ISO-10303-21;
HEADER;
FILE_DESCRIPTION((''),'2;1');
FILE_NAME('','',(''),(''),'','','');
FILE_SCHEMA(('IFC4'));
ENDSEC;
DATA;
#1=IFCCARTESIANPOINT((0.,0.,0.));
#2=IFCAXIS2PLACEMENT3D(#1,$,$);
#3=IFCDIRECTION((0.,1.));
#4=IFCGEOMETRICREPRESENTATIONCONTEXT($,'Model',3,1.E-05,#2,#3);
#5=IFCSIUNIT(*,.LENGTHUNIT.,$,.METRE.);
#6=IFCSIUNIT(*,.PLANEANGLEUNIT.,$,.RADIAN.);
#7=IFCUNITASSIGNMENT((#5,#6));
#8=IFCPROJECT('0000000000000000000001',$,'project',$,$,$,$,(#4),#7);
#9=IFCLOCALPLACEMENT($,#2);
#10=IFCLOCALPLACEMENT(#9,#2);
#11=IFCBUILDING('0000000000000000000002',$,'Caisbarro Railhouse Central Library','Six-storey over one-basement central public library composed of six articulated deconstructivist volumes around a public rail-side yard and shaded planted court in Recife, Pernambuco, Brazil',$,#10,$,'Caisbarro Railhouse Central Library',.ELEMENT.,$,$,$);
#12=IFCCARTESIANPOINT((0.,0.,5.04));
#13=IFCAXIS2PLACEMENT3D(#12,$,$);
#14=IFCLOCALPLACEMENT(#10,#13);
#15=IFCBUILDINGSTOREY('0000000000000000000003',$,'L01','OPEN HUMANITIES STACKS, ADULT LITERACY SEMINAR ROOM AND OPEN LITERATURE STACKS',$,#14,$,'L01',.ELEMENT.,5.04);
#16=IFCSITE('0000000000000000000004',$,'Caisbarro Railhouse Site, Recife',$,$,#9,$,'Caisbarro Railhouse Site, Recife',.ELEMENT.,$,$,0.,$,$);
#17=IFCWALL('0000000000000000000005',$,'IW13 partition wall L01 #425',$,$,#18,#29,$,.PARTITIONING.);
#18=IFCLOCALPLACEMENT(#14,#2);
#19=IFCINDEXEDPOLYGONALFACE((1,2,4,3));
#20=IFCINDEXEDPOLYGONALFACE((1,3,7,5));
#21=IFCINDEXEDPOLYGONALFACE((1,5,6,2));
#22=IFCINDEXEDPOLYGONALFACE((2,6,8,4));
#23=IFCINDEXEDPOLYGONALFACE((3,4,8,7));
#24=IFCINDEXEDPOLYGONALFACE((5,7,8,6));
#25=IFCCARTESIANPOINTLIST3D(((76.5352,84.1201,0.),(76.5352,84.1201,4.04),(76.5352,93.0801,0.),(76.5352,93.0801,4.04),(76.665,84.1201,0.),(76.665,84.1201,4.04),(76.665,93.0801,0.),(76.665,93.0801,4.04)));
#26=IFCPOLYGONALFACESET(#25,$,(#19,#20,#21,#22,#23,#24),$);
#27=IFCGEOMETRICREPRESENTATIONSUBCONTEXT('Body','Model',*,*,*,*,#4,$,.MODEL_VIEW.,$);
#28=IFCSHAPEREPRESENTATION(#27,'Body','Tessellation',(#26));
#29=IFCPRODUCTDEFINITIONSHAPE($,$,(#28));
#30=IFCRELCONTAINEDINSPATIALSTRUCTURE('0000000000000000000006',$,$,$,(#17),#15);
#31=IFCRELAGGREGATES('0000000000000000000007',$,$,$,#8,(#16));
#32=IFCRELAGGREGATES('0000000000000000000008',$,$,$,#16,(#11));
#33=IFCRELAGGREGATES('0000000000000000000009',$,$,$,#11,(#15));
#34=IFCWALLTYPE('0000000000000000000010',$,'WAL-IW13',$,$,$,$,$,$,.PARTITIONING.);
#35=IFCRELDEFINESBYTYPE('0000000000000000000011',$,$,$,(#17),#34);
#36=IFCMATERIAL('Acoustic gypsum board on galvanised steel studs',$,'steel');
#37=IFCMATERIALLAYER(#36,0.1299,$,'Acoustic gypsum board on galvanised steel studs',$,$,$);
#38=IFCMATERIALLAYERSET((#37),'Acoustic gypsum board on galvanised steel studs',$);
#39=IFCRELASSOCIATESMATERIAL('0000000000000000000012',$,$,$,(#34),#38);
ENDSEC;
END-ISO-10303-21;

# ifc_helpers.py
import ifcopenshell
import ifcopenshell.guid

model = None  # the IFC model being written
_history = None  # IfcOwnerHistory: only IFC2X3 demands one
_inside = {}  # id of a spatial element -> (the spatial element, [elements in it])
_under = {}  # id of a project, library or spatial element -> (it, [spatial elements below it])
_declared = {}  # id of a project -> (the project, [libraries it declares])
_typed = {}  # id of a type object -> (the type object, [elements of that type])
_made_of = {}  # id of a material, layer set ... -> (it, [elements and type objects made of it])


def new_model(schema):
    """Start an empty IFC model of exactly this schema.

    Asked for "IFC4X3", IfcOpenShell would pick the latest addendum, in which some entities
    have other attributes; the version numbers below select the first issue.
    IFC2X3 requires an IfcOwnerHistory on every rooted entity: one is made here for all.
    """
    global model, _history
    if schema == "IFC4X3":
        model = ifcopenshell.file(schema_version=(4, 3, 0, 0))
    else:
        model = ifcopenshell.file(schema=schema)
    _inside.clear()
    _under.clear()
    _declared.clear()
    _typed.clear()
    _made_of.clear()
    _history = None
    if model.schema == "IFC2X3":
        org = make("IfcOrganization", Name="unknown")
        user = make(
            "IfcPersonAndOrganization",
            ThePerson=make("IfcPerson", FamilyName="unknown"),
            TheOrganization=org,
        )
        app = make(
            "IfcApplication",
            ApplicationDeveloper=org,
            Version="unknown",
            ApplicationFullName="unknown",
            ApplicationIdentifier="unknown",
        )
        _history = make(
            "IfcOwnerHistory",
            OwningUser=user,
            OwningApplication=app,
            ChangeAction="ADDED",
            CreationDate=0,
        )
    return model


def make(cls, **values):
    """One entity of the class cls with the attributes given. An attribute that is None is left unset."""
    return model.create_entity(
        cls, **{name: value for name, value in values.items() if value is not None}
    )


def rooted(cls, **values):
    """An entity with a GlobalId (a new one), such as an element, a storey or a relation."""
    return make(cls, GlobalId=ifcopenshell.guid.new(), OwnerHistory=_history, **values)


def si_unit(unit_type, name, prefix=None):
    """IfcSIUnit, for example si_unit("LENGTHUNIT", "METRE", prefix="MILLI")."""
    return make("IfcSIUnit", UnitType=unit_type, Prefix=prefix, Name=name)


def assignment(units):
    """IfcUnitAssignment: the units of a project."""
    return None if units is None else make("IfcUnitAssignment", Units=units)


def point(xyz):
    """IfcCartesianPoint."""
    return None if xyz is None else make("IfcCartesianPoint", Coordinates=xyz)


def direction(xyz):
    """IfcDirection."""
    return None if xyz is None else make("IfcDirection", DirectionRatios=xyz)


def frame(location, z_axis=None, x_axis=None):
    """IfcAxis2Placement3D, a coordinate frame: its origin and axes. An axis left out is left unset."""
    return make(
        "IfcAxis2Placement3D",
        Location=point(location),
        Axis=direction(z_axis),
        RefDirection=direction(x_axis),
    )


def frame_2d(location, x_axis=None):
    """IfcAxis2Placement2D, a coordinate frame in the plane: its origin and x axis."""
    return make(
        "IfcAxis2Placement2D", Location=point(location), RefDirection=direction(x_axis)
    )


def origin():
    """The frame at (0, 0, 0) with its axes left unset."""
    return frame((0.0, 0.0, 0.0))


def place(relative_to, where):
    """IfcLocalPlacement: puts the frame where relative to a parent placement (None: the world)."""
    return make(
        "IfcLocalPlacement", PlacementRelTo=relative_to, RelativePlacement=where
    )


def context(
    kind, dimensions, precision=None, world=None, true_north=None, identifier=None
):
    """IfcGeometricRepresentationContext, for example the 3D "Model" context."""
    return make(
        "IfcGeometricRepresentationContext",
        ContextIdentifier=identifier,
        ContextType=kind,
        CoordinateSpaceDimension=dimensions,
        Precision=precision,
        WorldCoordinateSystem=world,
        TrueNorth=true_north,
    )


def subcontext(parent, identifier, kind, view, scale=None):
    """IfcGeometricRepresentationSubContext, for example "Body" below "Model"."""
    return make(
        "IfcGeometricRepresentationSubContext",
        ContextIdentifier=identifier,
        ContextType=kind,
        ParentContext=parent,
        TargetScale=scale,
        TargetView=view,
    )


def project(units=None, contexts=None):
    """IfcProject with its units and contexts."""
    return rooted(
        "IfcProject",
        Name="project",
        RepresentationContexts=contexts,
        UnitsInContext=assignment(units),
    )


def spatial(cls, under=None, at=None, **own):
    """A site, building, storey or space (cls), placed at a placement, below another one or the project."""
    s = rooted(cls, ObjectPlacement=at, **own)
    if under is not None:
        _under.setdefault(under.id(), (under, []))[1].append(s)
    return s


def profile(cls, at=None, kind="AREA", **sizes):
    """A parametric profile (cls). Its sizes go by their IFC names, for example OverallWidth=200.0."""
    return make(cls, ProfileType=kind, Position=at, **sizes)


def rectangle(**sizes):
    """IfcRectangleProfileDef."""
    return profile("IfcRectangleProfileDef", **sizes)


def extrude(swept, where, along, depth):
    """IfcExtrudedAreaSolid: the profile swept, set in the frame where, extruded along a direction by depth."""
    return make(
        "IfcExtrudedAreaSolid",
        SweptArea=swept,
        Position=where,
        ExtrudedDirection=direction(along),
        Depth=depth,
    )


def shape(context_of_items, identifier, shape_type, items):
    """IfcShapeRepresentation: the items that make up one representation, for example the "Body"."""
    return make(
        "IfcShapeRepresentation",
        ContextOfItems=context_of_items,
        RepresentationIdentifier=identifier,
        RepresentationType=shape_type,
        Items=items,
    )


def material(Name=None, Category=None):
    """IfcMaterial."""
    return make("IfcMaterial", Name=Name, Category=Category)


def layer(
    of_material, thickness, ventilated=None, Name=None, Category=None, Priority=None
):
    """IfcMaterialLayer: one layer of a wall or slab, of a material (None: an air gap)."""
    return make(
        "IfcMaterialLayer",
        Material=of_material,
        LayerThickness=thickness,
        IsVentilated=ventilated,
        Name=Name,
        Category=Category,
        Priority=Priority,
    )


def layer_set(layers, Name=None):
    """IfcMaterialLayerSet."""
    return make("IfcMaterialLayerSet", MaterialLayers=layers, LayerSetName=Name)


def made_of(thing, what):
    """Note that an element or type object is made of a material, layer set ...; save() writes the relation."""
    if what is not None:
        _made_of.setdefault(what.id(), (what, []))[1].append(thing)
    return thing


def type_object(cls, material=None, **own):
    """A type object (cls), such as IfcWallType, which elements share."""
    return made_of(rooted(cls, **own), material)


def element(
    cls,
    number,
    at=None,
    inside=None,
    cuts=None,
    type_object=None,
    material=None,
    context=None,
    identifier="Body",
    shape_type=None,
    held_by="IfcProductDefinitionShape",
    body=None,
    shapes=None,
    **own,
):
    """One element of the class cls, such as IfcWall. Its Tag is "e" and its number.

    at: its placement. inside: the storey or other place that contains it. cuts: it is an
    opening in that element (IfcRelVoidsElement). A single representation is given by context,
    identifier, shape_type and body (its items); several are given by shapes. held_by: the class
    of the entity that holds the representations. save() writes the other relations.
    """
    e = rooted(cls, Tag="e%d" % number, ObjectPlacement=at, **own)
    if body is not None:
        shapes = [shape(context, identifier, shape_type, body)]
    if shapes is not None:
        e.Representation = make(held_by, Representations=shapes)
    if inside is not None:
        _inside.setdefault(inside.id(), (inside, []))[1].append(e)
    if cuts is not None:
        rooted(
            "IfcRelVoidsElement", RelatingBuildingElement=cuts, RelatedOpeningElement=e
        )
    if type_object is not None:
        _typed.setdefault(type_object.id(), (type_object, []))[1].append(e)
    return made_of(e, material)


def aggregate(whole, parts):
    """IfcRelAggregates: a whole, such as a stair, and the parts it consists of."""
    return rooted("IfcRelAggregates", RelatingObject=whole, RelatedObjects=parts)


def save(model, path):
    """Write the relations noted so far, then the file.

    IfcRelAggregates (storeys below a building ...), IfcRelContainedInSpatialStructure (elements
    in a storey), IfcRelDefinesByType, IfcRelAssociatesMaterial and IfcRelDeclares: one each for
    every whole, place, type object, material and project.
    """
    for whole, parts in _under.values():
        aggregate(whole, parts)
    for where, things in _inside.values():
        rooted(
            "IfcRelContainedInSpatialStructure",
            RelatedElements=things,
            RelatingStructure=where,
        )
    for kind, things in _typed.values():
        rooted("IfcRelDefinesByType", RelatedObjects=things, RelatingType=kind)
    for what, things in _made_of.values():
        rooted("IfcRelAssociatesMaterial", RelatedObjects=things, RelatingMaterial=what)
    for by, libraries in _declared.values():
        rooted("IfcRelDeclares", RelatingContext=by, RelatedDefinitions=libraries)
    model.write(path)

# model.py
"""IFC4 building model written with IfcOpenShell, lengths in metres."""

from ifc_helpers import new_model, si_unit, direction, frame, frame_2d, origin, place, context, subcontext, project, spatial, rectangle, extrude, material, layer, layer_set, type_object, element, save


model = new_model("IFC4")

# Units and contexts
model_context = context("Model", 3, precision=1e-05, world=origin(), true_north=direction((0.0, 1.0)))
body_context = subcontext(model_context, "Body", "Model", "MODEL_VIEW")
ifc_project = project(units=[si_unit("LENGTHUNIT", "METRE"), si_unit("PLANEANGLEUNIT", "RADIAN")], contexts=[model_context])

# Site, building, storey
site_placement = place(None, origin())
site = spatial("IfcSite", under=ifc_project, at=site_placement, Name="Caisbarro Railhouse Site, Recife", LongName="Caisbarro Railhouse Site, Recife", CompositionType="ELEMENT", RefElevation=0.0)
building_placement = place(site_placement, origin())
building = spatial("IfcBuilding", under=site, at=building_placement, Name="Caisbarro Railhouse Central Library", Description="Six-storey over one-basement central public library composed of six articulated deconstructivist volumes around a public rail-side yard and shaded planted court in Recife, Pernambuco, Brazil", LongName="Caisbarro Railhouse Central Library", CompositionType="ELEMENT")
storey_placement = place(building_placement, frame((0.0, 0.0, 5.04)))
storey = spatial("IfcBuildingStorey", under=building, at=storey_placement, Name="L01", Description="OPEN HUMANITIES STACKS, ADULT LITERACY SEMINAR ROOM AND OPEN LITERATURE STACKS", LongName="L01", CompositionType="ELEMENT", Elevation=5.04)

# Shared definitions
ifc_material_1 = material(Name="Acoustic gypsum board on galvanised steel studs", Category="steel")

# Wall
ifc_layer_1 = layer(ifc_material_1, 0.1299, Name="Acoustic gypsum board on galvanised steel studs")
ifc_layer_set_1 = layer_set([ifc_layer_1], Name="Acoustic gypsum board on galvanised steel studs")
wall_type_1 = type_object("IfcWallType", Name="WAL-IW13", PredefinedType="PARTITIONING", material=ifc_layer_set_1)
wall_1_placement = place(storey_placement, frame((76.6001, 84.1201, 0.0), z_axis=(0.0, 0.0, 1.0), x_axis=(0.0, 1.0, 0.0)))
element("IfcWall", 1, at=wall_1_placement, inside=storey, type_object=wall_type_1, Name="IW13 partition wall L01 #425", PredefinedType="PARTITIONING", context=body_context, shape_type="SweptSolid", body=[
    extrude(rectangle(XDim=8.96, YDim=0.1299, at=frame_2d((4.48, 0.0))), origin(), (0.0, 0.0, 1.0), 4.04),
])

save(model, "model.ifc")
